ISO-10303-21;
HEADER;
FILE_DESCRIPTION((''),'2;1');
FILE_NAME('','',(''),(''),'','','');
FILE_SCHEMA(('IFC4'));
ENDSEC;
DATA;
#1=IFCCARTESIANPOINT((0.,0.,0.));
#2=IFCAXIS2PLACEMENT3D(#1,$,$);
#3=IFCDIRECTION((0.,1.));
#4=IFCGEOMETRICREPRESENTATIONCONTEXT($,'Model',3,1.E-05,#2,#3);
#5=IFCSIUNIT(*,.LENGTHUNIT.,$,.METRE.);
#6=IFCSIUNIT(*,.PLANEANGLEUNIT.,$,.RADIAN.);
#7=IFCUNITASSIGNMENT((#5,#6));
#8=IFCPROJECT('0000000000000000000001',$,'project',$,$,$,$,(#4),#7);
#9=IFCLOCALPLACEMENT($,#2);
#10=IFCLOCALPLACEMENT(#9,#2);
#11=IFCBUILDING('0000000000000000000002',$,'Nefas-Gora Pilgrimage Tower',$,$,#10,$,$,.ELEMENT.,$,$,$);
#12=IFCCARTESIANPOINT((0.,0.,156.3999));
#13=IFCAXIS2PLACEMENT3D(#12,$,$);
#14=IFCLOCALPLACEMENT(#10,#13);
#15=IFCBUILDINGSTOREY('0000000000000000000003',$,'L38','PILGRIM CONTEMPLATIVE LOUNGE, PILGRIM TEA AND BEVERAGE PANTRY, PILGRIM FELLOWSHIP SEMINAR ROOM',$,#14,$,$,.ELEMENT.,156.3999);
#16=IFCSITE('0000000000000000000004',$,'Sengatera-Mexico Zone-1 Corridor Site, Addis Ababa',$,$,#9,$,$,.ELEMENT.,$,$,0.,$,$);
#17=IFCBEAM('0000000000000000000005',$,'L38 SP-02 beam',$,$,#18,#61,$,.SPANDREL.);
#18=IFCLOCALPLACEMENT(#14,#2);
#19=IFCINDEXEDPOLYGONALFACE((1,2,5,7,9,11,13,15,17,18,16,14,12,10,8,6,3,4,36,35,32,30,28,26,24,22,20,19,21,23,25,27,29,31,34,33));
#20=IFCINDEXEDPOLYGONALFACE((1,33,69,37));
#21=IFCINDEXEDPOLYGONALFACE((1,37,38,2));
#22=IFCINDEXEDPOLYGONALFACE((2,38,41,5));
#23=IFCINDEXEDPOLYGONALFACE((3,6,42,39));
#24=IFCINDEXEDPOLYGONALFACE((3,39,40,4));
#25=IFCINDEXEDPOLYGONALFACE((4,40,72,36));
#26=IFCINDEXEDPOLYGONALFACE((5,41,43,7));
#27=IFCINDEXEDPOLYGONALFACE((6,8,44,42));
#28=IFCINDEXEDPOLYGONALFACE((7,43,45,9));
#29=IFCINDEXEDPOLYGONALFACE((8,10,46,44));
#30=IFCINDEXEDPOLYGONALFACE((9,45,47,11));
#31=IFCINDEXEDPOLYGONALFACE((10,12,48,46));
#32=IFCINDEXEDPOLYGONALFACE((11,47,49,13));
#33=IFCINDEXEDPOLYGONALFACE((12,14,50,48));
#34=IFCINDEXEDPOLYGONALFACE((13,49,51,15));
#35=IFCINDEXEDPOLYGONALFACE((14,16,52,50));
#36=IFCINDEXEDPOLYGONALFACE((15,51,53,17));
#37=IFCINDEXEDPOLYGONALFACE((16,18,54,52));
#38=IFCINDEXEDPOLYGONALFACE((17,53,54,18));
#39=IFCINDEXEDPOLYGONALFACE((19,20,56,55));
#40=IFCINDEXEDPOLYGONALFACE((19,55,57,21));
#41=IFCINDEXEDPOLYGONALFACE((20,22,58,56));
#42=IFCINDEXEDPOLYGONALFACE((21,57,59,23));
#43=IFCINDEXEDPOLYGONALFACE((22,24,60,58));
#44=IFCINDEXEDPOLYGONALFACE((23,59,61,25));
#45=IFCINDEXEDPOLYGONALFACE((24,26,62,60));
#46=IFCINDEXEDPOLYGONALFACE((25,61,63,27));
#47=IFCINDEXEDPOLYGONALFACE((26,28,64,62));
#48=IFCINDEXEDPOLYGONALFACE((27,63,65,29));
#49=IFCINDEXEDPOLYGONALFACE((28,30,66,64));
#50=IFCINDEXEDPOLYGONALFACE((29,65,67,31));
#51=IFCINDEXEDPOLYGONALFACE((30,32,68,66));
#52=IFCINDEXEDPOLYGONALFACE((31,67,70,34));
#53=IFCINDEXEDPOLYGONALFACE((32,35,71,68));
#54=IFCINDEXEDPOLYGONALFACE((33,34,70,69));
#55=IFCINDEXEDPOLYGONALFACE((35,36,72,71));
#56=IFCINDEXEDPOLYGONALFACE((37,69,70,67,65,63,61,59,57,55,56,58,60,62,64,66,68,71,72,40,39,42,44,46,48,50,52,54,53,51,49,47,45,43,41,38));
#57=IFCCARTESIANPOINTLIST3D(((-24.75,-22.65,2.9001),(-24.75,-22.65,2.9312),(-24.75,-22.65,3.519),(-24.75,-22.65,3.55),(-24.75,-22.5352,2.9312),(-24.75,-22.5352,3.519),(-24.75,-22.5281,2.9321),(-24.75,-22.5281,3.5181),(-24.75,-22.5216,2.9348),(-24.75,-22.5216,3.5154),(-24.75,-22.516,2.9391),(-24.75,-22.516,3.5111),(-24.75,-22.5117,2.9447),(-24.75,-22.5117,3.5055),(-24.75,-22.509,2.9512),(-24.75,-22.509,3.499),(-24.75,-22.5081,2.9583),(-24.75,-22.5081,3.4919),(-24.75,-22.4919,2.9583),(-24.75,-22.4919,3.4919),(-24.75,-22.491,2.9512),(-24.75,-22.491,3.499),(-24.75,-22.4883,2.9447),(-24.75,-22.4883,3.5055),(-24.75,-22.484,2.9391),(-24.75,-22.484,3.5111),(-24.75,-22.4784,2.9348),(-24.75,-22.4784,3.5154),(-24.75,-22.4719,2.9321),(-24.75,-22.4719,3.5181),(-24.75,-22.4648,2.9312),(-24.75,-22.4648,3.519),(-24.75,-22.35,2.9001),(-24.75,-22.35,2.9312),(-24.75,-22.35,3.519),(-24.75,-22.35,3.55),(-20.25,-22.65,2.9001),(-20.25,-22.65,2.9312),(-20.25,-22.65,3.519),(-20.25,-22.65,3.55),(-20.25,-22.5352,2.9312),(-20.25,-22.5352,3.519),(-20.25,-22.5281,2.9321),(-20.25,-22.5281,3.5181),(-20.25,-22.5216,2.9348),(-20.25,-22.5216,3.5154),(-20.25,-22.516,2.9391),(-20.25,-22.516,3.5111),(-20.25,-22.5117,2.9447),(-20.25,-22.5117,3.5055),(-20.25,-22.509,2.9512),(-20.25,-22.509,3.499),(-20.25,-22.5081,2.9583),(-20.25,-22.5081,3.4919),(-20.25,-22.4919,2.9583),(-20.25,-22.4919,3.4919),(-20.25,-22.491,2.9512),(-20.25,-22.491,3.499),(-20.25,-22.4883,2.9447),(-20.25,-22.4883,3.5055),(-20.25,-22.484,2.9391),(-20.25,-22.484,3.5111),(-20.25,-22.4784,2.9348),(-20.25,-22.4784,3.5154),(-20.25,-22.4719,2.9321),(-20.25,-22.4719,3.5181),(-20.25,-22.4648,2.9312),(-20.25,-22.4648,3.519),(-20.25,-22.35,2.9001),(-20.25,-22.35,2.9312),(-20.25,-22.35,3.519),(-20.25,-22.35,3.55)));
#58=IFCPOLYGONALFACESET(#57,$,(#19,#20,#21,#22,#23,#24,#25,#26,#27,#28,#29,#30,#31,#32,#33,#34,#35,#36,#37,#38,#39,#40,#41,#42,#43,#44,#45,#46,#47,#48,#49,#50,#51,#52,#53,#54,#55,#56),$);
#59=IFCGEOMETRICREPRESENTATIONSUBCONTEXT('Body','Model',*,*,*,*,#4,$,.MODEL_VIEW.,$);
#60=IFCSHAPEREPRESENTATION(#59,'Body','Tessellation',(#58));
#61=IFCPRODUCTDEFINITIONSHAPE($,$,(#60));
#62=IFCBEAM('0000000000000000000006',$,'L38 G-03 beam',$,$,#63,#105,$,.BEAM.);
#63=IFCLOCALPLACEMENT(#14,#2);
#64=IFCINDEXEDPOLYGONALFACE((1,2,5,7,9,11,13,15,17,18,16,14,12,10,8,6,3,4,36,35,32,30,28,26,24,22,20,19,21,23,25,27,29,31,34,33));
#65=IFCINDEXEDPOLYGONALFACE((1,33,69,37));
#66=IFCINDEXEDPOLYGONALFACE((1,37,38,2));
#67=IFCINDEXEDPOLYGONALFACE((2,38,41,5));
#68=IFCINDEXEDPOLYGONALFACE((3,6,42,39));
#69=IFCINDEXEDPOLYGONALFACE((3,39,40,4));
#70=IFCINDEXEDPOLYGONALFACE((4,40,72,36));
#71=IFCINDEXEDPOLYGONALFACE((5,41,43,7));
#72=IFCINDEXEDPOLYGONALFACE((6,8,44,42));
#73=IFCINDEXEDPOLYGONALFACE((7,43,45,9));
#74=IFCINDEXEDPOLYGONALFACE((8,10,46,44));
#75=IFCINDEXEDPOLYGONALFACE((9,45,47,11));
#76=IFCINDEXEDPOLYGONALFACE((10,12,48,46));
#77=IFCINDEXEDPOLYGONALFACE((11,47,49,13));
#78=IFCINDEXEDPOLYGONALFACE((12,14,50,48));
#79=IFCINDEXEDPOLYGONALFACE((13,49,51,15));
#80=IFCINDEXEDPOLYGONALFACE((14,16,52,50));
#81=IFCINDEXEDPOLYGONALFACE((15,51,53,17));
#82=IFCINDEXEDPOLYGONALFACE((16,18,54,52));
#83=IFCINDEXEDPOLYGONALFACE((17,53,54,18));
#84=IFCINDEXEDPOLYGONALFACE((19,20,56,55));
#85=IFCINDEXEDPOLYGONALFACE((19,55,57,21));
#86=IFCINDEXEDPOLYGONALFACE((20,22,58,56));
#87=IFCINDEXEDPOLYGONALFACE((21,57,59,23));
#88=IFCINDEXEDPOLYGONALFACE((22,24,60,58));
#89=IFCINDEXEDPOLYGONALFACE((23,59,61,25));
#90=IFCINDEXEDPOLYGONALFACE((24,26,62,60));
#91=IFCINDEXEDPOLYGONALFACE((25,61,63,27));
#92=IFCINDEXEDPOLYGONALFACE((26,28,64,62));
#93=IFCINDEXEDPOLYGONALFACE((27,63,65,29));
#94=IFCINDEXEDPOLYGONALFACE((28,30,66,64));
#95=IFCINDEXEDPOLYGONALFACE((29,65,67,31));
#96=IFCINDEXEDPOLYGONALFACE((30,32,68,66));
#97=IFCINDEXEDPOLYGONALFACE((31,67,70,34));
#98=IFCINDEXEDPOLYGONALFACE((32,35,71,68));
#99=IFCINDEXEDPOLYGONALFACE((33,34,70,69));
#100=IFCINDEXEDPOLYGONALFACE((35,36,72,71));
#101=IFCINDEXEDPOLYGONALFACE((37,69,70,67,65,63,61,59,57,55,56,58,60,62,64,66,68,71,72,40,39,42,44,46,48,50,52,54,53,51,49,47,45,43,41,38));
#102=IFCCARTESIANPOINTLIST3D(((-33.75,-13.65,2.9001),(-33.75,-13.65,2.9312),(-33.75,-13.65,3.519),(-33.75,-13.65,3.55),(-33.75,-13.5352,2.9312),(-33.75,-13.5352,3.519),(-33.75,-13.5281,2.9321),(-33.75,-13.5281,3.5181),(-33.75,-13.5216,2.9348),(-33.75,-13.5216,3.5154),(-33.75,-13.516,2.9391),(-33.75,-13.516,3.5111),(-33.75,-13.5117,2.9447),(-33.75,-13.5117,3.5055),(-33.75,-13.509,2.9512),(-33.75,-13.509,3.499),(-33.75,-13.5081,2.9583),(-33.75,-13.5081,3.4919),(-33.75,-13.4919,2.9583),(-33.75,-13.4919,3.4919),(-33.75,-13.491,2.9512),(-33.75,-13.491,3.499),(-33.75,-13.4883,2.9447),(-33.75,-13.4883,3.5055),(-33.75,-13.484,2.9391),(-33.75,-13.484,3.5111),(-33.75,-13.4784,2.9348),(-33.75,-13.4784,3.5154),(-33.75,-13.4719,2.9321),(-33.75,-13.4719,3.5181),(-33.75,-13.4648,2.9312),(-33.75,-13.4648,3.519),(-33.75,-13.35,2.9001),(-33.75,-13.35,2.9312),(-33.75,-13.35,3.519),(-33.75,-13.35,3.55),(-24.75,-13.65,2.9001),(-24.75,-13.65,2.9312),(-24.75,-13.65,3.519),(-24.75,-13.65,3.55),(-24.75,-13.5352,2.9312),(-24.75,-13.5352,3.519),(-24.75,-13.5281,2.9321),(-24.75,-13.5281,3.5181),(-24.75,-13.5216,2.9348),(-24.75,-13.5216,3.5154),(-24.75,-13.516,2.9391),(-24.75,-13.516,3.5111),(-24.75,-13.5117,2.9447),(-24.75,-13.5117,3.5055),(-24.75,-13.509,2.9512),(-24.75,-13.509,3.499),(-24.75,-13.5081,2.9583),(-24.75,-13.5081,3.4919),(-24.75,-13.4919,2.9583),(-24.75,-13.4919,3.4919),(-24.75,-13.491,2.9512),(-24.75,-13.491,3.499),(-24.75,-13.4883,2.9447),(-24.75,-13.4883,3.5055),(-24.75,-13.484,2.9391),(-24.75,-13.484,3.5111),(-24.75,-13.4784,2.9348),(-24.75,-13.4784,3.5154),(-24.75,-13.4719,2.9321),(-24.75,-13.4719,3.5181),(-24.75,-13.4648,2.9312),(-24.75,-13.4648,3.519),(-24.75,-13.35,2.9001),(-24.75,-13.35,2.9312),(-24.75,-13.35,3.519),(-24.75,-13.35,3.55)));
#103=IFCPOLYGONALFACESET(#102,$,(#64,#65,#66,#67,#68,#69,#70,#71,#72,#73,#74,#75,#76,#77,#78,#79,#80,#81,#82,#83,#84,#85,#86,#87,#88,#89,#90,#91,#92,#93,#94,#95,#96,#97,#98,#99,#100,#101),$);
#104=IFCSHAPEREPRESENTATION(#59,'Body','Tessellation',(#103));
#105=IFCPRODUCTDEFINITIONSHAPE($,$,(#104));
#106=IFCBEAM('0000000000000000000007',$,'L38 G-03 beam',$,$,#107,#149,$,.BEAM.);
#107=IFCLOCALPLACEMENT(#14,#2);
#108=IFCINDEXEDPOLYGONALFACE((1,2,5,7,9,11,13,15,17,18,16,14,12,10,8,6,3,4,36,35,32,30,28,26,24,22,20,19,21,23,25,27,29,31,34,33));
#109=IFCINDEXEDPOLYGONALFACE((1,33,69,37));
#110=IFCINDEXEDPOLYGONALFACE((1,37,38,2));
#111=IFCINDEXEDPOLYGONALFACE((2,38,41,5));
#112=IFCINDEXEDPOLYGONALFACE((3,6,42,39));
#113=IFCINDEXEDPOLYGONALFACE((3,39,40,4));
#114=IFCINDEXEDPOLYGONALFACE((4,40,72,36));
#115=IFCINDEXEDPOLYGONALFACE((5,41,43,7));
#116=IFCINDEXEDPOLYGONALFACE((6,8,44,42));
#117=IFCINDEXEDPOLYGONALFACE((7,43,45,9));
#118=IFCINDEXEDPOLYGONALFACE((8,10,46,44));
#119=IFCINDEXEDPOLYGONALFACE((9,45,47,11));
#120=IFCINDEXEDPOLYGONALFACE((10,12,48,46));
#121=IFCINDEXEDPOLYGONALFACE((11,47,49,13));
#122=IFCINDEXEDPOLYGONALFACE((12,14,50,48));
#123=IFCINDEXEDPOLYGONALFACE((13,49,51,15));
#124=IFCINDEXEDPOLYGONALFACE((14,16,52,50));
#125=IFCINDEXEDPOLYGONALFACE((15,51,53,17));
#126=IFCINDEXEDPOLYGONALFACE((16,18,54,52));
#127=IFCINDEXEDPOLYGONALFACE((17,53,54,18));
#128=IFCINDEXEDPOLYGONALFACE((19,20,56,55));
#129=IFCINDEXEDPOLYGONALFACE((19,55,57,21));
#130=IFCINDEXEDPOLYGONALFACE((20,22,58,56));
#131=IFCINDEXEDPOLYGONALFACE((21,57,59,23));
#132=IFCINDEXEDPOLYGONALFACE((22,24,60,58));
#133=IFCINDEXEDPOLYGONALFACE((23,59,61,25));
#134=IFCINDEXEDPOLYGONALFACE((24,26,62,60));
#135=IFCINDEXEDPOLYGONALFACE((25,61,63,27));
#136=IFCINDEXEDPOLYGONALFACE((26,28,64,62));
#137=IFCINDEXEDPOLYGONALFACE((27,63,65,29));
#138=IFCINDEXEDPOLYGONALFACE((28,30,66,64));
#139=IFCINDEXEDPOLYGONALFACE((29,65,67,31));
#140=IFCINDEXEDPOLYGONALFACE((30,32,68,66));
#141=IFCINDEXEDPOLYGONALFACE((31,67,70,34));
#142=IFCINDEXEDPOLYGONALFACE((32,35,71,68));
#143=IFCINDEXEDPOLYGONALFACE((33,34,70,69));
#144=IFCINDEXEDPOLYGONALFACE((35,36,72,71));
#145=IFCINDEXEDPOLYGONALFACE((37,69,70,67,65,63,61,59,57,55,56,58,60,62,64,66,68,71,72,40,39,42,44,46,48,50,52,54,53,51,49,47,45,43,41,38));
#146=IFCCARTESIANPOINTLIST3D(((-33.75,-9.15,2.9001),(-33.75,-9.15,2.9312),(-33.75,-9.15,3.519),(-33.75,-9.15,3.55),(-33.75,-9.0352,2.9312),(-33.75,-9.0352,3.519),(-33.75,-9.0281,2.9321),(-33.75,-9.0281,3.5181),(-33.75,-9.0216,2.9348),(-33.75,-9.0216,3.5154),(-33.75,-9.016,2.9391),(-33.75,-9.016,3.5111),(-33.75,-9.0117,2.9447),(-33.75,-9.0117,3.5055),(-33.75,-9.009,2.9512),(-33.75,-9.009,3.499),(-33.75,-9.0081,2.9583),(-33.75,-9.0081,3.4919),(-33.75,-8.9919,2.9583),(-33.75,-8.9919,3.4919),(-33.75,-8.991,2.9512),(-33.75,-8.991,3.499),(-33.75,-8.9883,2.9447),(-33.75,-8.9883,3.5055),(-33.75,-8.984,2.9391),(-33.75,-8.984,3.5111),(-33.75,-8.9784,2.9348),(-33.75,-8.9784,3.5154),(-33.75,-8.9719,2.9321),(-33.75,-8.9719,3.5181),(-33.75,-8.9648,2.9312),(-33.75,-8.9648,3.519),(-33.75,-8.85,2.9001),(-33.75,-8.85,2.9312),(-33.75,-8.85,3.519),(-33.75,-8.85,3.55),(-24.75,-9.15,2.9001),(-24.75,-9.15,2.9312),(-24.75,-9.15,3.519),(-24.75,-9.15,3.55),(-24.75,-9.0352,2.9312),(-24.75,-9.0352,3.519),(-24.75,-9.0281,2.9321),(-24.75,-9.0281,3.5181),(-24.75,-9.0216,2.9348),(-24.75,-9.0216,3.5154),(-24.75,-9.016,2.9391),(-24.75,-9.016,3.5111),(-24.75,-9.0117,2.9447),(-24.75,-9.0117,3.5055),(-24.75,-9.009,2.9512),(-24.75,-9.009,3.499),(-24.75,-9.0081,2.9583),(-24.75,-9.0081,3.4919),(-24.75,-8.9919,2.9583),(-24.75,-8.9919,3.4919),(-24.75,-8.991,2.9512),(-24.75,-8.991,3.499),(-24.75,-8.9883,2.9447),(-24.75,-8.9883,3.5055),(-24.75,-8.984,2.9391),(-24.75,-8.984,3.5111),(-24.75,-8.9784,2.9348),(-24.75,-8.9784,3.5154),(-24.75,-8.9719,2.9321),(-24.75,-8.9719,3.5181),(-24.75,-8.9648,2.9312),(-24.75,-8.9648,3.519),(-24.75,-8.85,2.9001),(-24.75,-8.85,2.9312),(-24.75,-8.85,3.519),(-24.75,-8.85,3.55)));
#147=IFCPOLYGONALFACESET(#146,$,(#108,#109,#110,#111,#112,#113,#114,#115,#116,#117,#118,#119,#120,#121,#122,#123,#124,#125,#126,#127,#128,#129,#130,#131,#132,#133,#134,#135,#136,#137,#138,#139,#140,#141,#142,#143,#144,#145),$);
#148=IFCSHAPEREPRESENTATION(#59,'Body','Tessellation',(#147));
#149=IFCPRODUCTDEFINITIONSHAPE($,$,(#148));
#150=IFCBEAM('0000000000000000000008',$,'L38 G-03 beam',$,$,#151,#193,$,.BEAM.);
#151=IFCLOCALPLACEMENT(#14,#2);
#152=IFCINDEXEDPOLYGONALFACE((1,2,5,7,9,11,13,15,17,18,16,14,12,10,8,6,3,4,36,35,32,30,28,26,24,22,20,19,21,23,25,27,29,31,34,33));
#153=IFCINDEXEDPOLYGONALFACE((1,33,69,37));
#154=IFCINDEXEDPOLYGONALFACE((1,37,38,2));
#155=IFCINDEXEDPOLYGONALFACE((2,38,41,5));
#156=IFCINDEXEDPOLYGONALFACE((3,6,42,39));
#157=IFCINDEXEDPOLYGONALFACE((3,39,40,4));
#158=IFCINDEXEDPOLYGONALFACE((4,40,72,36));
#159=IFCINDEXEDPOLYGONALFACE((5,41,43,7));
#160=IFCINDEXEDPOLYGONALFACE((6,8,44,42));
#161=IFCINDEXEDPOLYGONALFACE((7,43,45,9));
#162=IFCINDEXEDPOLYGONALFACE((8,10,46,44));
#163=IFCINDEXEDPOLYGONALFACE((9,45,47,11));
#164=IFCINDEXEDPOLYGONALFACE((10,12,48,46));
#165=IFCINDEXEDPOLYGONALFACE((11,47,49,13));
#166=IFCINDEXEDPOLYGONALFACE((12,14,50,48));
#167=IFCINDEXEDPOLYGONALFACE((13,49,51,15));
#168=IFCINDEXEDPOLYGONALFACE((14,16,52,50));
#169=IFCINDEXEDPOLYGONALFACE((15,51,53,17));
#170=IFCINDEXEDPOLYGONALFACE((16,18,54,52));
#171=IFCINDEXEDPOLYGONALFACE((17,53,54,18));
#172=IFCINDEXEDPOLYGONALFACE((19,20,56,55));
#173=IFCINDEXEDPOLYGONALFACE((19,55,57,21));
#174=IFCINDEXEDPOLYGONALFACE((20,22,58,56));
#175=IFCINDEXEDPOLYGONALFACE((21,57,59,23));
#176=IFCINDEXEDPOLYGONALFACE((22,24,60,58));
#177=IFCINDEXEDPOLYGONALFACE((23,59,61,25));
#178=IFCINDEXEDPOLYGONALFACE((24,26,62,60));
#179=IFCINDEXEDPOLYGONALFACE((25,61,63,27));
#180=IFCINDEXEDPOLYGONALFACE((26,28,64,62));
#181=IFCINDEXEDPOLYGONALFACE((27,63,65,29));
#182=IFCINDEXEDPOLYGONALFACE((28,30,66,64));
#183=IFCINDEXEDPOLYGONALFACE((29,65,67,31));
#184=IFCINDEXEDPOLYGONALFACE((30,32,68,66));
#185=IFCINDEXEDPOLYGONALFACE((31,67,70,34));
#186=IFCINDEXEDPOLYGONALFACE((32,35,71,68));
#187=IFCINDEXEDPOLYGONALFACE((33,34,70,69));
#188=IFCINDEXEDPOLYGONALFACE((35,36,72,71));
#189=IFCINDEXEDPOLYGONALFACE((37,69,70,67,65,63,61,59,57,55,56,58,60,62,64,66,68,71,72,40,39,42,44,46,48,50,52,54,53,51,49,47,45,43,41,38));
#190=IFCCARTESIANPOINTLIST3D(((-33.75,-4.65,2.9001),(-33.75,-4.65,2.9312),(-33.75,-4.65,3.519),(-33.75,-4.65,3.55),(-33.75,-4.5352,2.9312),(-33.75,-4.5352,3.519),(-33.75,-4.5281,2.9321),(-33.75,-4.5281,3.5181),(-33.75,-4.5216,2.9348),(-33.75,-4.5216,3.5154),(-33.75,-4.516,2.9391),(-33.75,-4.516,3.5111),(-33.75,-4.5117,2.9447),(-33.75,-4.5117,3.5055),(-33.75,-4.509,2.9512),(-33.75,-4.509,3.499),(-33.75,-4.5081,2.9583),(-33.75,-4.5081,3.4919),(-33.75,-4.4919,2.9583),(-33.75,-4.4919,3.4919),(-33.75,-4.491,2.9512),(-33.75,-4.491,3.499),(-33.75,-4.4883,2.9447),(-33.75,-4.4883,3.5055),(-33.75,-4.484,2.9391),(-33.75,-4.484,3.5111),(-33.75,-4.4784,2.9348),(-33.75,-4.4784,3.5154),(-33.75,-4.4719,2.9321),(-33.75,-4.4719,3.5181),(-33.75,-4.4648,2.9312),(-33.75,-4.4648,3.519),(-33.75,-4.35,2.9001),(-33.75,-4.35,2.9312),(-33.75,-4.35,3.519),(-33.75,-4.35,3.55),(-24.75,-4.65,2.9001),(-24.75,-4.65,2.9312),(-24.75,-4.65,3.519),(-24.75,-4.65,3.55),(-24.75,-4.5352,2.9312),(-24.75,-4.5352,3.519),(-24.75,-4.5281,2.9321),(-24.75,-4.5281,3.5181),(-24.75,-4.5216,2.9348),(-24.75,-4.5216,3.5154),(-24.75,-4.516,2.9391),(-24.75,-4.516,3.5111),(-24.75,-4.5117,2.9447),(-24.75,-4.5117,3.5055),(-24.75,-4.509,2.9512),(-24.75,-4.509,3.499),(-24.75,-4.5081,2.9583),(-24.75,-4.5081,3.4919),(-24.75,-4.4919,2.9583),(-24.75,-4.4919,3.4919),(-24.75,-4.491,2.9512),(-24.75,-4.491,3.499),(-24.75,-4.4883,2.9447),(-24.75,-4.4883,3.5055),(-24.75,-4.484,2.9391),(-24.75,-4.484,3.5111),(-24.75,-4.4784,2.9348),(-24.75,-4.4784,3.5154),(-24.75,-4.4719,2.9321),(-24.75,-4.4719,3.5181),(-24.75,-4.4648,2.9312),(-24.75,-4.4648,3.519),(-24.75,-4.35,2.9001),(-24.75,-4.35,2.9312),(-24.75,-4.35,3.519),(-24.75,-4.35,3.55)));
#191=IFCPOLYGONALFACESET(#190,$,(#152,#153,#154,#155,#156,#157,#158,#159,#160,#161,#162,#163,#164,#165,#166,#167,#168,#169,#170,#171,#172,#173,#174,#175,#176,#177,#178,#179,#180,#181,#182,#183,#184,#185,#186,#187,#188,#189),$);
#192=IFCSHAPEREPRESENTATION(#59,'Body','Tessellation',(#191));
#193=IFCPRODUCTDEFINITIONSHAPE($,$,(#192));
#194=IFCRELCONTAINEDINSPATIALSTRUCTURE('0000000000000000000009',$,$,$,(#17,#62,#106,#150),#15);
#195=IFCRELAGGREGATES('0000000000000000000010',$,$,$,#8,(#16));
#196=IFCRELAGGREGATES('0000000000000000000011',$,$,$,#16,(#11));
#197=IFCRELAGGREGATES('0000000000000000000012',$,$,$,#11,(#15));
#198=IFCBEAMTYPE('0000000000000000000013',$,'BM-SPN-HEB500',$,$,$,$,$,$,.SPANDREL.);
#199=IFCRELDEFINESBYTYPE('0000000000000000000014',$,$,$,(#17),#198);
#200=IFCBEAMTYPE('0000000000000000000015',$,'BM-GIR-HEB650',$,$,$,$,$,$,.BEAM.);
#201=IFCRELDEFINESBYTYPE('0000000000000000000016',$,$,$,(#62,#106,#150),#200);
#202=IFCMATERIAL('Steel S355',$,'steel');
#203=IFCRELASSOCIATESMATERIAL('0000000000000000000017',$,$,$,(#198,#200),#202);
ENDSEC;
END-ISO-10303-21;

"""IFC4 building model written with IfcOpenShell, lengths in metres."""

from ifc_helpers import new_model, si_unit, direction, frame, origin, origin_2d, place, context, subcontext, project, spatial, i_section, extrude, source, transform, mapped, material, material_profile, profile_set, type_object, element, save


model = new_model("IFC4")

# Units and contexts
model_context = context("Model", 3, precision=1e-05, world=origin(), true_north=direction((0.0, 1.0)))
body_context = subcontext(model_context, "Body", "Model", "MODEL_VIEW")
ifc_project = project(units=[si_unit("LENGTHUNIT", "METRE"), si_unit("PLANEANGLEUNIT", "RADIAN")], contexts=[model_context])

# Site, building, storey
site_placement = place(None, origin())
site = spatial("IfcSite", under=ifc_project, at=site_placement, Name="Sengatera-Mexico Zone-1 Corridor Site, Addis Ababa", CompositionType="ELEMENT", RefElevation=0.0)
building_placement = place(site_placement, origin())
building = spatial("IfcBuilding", under=site, at=building_placement, Name="Nefas-Gora Pilgrimage Tower", CompositionType="ELEMENT")
storey_placement = place(building_placement, frame((0.0, 0.0, 156.3999)))
storey = spatial("IfcBuildingStorey", under=building, at=storey_placement, Name="L38", Description="PILGRIM CONTEMPLATIVE LOUNGE, PILGRIM TEA AND BEVERAGE PANTRY, PILGRIM FELLOWSHIP SEMINAR ROOM", CompositionType="ELEMENT", Elevation=156.3999)

# Beams
ifc_material_1 = material(Name="Steel S355", Category="steel")
ifc_material_profile_1 = material_profile(ifc_material_1, i_section(OverallWidth=0.3, OverallDepth=0.6499, WebThickness=0.0161, FlangeThickness=0.031, FilletRadius=0.0271, at=origin_2d()), Name="HEB 650")
ifc_profile_set_1 = profile_set([ifc_material_profile_1], Name="Steel S355")
beam_type_1 = type_object("IfcBeamType", Name="BM-SPN-HEB500", PredefinedType="SPANDREL", material=ifc_profile_set_1)
shared_shape_1 = source(origin(), body_context, "Body", "SweptSolid", [
    extrude(i_section(OverallWidth=0.3, OverallDepth=0.6499, WebThickness=0.0161, FlangeThickness=0.031, FilletRadius=0.0271, at=origin_2d()), origin(), (0.0, 0.0, 1.0), 4.5),
])
for number, where, z_axis, x_axis, name in (
    (1, (-24.75, -22.5, 3.2251), (1.0, 0.0, 0.0), (0.0, 1.0, 0.0), "L38 SP-02 beam"),
):
    element("IfcBeam", number, at=place(storey_placement, frame(where, z_axis=z_axis, x_axis=x_axis)), inside=storey, type_object=beam_type_1, Name=name, PredefinedType="SPANDREL", context=body_context, shape_type="MappedRepresentation", body=[
        mapped(shared_shape_1, transform((0.0, 0.0, 0.0), x_axis=(1.0, 0.0, 0.0), y_axis=(0.0, 1.0, 0.0), z_axis=(0.0, 0.0, 1.0), scale=1.0)),
    ])
ifc_material_profile_2 = material_profile(ifc_material_1, i_section(OverallWidth=0.3, OverallDepth=0.6499, WebThickness=0.0161, FlangeThickness=0.031, FilletRadius=0.0271, at=origin_2d()), Name="HEB 650")
ifc_profile_set_2 = profile_set([ifc_material_profile_2], Name="Steel S355")
beam_type_2 = type_object("IfcBeamType", Name="BM-GIR-HEB650", PredefinedType="BEAM", material=ifc_profile_set_2)
shared_shape_2 = source(origin(), body_context, "Body", "SweptSolid", [
    extrude(i_section(OverallWidth=0.3, OverallDepth=0.6499, WebThickness=0.0161, FlangeThickness=0.031, FilletRadius=0.0271, at=origin_2d()), origin(), (0.0, 0.0, 1.0), 9.0),
])
for number, where, z_axis, x_axis, name in (
    (2, (-33.75, -13.5, 3.2251), (1.0, 0.0, 0.0), (0.0, 1.0, 0.0), "L38 G-03 beam"),
    (3, (-33.75, -9.0, 3.2251), (1.0, 0.0, 0.0), (0.0, 1.0, 0.0), "L38 G-03 beam"),
    (4, (-33.75, -4.5, 3.2251), (1.0, 0.0, 0.0), (0.0, 1.0, 0.0), "L38 G-03 beam"),
):
    element("IfcBeam", number, at=place(storey_placement, frame(where, z_axis=z_axis, x_axis=x_axis)), inside=storey, type_object=beam_type_2, Name=name, PredefinedType="BEAM", context=body_context, shape_type="MappedRepresentation", body=[
        mapped(shared_shape_2, transform((0.0, 0.0, 0.0), x_axis=(1.0, 0.0, 0.0), y_axis=(0.0, 1.0, 0.0), z_axis=(0.0, 0.0, 1.0), scale=1.0)),
    ])

save(model, "model.ifc")
